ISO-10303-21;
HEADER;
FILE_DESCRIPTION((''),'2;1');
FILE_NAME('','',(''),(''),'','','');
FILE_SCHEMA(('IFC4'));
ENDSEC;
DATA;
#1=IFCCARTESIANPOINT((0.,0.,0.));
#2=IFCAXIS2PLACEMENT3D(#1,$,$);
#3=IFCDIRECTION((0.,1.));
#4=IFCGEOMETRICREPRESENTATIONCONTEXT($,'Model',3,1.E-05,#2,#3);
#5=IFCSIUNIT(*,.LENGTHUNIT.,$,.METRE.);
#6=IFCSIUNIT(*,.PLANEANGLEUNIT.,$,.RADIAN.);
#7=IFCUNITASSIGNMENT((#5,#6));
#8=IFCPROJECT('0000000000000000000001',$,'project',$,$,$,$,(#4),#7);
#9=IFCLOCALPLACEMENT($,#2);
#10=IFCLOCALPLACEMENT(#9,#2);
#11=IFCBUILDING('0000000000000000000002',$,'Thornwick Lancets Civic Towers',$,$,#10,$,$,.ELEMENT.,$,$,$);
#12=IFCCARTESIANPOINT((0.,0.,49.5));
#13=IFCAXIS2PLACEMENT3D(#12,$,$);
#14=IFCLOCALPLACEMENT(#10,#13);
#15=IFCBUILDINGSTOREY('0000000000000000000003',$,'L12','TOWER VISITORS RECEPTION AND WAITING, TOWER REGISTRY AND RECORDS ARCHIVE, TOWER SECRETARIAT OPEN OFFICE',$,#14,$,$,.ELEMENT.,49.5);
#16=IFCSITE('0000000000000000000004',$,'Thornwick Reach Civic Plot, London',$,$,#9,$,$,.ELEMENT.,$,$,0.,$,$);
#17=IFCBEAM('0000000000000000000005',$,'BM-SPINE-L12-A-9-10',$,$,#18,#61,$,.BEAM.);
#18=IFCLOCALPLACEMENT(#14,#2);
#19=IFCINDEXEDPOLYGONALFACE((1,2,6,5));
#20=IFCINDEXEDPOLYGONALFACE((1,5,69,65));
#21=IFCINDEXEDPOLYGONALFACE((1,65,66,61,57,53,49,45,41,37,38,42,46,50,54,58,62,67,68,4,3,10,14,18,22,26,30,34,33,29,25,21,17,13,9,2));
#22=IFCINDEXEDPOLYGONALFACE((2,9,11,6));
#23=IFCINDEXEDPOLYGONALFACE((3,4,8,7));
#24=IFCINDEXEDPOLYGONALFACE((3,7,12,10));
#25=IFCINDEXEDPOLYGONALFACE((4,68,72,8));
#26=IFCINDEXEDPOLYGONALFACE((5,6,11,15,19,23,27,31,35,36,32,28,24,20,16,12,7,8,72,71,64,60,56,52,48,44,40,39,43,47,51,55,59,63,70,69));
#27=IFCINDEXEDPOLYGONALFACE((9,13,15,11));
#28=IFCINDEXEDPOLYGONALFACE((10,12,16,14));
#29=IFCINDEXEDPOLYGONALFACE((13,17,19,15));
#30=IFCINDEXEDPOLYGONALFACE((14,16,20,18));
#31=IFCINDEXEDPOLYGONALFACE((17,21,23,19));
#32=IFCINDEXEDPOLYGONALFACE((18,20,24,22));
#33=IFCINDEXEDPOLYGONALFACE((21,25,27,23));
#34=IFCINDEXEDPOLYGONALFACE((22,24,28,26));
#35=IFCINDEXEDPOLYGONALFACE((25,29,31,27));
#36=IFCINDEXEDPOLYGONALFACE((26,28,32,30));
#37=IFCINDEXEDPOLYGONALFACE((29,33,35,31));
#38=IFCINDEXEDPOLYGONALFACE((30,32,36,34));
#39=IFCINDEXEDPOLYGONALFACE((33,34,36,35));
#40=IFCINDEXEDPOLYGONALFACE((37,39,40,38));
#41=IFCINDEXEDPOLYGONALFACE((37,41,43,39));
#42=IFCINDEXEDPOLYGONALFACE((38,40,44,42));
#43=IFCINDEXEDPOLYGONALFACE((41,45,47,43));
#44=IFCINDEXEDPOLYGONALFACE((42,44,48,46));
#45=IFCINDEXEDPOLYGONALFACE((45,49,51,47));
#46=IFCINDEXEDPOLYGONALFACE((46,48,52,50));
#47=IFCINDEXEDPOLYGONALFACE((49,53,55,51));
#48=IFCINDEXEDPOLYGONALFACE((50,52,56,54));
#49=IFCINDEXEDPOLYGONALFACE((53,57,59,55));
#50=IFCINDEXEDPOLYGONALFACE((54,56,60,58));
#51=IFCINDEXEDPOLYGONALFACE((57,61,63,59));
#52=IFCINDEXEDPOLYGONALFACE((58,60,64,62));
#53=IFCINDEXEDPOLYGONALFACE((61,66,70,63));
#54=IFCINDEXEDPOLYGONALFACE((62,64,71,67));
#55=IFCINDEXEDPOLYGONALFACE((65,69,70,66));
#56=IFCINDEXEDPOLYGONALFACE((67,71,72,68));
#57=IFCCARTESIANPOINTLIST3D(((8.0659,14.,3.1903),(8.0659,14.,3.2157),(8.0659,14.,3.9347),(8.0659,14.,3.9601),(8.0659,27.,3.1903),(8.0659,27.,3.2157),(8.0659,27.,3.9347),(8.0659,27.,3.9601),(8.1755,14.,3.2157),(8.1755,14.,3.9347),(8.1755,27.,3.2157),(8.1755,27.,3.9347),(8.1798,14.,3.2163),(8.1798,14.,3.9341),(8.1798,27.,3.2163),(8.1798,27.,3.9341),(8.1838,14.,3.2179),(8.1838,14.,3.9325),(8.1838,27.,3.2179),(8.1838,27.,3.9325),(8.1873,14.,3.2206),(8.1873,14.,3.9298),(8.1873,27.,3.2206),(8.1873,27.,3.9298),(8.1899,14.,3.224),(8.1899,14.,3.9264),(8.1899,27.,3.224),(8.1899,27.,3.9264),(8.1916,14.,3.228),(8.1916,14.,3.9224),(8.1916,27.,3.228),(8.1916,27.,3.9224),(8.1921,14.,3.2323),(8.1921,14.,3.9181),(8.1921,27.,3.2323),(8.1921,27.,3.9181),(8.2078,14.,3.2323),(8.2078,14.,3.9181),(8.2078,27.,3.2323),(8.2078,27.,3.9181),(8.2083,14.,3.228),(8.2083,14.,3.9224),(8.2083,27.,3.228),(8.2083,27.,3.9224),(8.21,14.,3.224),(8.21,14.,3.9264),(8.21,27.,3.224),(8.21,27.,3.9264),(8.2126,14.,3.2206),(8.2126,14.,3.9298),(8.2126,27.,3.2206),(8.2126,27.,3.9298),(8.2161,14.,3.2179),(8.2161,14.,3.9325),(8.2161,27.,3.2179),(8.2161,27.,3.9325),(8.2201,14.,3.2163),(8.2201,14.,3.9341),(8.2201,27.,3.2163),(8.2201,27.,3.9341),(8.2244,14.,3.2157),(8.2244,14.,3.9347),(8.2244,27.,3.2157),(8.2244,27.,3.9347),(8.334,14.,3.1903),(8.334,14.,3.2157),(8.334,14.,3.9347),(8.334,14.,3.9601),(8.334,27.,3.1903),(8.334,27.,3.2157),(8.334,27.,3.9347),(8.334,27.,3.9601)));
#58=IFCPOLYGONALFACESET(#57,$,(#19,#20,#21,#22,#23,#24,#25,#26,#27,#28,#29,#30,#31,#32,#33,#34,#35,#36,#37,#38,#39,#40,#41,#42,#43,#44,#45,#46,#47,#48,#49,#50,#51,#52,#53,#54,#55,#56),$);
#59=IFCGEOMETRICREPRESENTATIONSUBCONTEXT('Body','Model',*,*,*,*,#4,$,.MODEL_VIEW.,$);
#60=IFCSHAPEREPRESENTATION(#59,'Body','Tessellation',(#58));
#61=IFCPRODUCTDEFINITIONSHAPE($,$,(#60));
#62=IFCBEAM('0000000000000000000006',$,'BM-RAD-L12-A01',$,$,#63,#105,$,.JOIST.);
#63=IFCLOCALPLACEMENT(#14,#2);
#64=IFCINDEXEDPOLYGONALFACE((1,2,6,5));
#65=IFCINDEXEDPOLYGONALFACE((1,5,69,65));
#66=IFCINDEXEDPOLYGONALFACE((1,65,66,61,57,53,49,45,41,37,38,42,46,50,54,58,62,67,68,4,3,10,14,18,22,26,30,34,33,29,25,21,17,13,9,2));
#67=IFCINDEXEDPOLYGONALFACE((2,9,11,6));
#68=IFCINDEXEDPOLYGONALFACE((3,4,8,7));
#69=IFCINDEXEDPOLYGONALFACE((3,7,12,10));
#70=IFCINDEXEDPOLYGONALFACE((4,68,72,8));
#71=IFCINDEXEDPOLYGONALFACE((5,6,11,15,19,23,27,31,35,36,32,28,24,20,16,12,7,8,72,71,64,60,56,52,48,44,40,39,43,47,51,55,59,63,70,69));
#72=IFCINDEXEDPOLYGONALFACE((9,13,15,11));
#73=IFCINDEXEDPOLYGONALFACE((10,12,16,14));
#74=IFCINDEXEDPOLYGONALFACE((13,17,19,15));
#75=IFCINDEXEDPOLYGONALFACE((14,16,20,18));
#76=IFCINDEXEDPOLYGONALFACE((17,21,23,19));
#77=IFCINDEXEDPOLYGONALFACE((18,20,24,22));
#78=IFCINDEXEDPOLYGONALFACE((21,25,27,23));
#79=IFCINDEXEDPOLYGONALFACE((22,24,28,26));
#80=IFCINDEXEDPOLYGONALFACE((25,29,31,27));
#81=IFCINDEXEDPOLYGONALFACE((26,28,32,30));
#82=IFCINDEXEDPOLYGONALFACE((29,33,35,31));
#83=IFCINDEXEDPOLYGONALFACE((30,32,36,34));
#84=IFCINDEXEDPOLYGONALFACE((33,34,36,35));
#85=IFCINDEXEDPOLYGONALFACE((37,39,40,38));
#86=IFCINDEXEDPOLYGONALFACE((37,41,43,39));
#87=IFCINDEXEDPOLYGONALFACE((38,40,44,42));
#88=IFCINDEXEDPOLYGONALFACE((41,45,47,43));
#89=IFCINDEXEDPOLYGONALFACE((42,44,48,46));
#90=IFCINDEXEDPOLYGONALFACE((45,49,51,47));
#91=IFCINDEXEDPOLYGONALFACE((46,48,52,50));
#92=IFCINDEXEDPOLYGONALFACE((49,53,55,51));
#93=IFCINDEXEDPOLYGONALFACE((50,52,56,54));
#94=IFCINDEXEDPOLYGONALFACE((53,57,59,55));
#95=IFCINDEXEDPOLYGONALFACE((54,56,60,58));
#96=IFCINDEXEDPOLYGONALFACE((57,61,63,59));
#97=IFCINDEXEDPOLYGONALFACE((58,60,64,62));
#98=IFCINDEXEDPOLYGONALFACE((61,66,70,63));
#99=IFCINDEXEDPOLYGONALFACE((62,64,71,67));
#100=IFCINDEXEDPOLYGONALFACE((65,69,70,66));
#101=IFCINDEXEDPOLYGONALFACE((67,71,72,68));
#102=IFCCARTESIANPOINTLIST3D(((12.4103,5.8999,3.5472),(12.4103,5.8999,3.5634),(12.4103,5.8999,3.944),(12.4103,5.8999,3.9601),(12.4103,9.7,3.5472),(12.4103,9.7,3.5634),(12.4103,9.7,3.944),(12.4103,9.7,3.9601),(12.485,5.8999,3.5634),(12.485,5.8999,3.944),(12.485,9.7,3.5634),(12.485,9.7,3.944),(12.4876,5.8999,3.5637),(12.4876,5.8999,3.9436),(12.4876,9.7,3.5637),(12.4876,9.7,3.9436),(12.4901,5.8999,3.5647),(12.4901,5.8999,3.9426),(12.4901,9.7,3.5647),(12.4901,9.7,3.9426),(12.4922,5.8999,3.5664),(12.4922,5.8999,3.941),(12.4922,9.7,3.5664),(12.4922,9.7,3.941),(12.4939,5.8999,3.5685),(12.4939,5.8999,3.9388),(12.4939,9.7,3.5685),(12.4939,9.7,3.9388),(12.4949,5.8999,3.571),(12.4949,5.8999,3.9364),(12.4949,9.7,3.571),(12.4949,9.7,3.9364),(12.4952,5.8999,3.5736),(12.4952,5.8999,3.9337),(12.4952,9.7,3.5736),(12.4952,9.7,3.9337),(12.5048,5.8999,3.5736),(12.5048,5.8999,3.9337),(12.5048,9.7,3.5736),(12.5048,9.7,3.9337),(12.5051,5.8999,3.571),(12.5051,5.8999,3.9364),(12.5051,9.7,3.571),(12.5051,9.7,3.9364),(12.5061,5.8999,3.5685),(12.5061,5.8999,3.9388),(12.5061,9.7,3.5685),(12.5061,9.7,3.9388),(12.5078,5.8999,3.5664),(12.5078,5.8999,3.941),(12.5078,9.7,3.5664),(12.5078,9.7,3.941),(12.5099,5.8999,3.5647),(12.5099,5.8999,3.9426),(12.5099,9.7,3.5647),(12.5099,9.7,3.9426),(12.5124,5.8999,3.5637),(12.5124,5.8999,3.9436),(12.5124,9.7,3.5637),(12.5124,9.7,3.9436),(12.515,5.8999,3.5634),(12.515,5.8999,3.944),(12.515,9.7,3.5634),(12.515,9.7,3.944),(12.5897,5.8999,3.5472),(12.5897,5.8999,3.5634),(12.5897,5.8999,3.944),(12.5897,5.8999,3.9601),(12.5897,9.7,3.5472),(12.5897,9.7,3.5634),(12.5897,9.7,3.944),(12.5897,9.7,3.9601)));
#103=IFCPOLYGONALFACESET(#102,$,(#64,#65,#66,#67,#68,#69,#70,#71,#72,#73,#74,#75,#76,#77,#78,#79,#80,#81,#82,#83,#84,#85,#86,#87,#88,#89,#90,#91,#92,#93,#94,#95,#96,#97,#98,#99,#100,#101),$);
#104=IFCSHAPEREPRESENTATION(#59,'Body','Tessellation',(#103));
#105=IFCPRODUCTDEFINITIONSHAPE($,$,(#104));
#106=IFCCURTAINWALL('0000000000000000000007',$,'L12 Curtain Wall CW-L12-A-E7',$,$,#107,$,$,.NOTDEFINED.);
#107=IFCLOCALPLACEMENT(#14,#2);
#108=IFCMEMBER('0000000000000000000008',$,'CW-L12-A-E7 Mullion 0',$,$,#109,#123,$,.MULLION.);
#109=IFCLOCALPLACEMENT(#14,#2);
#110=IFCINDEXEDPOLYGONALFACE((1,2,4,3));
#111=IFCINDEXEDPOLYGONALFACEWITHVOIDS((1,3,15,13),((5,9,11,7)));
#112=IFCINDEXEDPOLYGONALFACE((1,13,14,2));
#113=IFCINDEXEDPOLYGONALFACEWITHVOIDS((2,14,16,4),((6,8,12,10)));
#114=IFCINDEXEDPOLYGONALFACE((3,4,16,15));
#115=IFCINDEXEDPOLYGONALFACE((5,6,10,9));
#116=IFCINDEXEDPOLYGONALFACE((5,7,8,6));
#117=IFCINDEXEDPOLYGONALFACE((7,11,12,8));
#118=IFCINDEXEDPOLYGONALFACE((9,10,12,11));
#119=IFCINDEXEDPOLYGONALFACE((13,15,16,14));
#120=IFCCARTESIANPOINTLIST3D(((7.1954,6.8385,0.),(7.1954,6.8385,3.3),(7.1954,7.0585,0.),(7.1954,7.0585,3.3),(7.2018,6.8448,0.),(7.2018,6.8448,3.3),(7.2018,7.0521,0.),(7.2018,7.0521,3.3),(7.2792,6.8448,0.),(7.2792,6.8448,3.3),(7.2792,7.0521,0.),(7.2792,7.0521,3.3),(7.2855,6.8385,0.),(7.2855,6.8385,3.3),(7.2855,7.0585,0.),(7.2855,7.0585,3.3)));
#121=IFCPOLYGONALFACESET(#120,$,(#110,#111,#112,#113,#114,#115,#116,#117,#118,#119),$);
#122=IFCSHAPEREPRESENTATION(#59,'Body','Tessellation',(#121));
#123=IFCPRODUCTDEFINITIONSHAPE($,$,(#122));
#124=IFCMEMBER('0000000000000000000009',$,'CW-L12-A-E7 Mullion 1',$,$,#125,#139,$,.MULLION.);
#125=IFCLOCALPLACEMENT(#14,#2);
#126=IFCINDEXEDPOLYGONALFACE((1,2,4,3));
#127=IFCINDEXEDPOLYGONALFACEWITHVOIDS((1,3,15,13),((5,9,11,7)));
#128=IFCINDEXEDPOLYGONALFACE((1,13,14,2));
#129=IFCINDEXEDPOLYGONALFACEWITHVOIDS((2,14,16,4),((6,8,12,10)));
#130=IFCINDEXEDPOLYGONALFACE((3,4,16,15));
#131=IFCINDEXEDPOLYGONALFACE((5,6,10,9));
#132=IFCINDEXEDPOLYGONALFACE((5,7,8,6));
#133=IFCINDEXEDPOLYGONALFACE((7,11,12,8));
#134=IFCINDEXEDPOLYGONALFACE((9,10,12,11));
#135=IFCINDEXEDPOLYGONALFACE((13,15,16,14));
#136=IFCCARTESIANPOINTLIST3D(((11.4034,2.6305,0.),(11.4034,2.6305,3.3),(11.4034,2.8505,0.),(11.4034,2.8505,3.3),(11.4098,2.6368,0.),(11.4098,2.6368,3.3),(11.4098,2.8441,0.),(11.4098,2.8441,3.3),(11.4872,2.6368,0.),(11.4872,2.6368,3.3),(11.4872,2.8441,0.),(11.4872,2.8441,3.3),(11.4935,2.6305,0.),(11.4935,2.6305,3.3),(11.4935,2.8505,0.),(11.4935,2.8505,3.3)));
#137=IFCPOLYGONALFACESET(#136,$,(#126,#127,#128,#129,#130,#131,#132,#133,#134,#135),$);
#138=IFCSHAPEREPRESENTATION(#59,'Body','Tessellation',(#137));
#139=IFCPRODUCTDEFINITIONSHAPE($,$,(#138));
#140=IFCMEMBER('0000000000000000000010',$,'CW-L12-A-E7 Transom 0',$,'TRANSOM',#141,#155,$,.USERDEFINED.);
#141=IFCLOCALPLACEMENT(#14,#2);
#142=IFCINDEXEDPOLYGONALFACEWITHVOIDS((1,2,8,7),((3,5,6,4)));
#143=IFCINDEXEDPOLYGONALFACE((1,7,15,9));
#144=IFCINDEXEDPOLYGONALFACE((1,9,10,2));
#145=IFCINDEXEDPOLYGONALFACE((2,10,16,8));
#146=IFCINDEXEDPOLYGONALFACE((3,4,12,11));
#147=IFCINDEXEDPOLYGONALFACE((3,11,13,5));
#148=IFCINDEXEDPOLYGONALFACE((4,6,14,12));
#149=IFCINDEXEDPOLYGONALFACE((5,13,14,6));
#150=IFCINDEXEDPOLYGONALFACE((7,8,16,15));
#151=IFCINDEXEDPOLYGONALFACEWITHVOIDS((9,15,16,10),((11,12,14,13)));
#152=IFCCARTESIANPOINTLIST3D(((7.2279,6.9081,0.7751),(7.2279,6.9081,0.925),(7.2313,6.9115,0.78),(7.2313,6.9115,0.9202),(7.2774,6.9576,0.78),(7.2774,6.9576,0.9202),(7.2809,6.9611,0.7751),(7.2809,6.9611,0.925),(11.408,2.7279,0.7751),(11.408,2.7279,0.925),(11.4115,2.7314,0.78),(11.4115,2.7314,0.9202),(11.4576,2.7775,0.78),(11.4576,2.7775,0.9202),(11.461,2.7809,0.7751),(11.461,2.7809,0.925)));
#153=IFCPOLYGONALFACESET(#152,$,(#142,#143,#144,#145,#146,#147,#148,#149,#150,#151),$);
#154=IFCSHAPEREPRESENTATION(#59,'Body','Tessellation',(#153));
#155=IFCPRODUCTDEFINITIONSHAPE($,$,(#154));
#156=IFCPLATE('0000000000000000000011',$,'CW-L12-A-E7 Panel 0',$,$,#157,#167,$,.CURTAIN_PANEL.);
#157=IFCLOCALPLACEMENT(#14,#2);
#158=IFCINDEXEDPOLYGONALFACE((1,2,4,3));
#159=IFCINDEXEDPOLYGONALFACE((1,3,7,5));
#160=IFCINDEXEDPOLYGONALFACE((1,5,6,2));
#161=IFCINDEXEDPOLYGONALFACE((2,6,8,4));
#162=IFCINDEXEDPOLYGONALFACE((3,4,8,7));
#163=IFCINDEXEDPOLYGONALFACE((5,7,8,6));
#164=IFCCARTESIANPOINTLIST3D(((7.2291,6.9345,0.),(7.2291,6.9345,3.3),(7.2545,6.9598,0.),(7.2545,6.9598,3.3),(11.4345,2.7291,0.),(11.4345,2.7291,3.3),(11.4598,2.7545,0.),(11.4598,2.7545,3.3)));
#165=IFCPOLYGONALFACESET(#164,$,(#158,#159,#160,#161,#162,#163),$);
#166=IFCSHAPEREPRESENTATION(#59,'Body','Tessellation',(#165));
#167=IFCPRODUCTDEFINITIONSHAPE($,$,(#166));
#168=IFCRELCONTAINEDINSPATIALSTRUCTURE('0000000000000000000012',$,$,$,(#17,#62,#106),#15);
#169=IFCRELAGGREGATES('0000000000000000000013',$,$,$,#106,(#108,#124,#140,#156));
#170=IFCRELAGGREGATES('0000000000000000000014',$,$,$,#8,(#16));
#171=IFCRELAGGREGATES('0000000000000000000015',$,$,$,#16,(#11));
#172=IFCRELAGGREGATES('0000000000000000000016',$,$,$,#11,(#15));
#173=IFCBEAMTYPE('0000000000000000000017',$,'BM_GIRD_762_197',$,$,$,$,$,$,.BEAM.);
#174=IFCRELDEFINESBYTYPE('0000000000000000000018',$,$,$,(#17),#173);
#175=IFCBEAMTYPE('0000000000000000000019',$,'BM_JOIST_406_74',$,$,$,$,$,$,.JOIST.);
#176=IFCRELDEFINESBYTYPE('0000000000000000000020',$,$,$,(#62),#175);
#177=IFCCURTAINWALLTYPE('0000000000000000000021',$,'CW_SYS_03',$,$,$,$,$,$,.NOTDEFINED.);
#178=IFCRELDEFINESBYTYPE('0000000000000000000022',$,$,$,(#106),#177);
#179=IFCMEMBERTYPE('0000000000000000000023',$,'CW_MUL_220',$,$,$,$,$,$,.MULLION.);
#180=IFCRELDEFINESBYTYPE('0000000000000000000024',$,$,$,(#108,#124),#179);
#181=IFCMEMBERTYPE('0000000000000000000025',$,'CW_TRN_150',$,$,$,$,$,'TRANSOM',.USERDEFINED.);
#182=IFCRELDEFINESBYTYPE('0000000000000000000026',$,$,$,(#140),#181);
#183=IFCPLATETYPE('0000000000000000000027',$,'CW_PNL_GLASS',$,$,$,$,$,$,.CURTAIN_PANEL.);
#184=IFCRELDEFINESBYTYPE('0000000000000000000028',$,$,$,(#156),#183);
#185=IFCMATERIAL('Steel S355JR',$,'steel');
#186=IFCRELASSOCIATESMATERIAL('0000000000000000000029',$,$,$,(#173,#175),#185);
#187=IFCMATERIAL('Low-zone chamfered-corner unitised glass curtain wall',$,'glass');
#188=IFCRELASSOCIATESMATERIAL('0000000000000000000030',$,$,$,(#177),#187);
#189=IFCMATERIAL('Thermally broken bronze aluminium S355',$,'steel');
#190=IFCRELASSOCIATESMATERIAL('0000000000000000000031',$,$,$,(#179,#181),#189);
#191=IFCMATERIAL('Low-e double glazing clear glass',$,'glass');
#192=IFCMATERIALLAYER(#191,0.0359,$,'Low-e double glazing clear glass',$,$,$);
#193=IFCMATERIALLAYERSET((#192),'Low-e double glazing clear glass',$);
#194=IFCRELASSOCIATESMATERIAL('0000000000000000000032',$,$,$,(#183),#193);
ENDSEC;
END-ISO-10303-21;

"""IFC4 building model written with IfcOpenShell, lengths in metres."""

from ifc_helpers import new_model, si_unit, direction, frame, origin, origin_2d, place, context, subcontext, project, spatial, rectangle, hollow_rectangle, i_section, extrude, material, layer, layer_set, material_profile, profile_set, type_object, element, aggregate, save


model = new_model("IFC4")

# Units and contexts
model_context = context("Model", 3, precision=1e-05, world=origin(), true_north=direction((0.0, 1.0)))
body_context = subcontext(model_context, "Body", "Model", "MODEL_VIEW")
ifc_project = project(units=[si_unit("LENGTHUNIT", "METRE"), si_unit("PLANEANGLEUNIT", "RADIAN")], contexts=[model_context])

# Site, building, storey
site_placement = place(None, origin())
site = spatial("IfcSite", under=ifc_project, at=site_placement, Name="Thornwick Reach Civic Plot, London", CompositionType="ELEMENT", RefElevation=0.0)
building_placement = place(site_placement, origin())
building = spatial("IfcBuilding", under=site, at=building_placement, Name="Thornwick Lancets Civic Towers", CompositionType="ELEMENT")
storey_placement = place(building_placement, frame((0.0, 0.0, 49.5)))
storey = spatial("IfcBuildingStorey", under=building, at=storey_placement, Name="L12", Description="TOWER VISITORS RECEPTION AND WAITING, TOWER REGISTRY AND RECORDS ARCHIVE, TOWER SECRETARIAT OPEN OFFICE", CompositionType="ELEMENT", Elevation=49.5)

# Beams
ifc_material_1 = material(Name="Steel S355JR", Category="steel")
ifc_material_profile_1 = material_profile(ifc_material_1, i_section(OverallWidth=0.2681, OverallDepth=0.7698, WebThickness=0.0156, FlangeThickness=0.0254, FilletRadius=0.0166, at=origin_2d()), Name="UKB 762x267x197")
ifc_profile_set_1 = profile_set([ifc_material_profile_1], Name="Steel S355JR")
beam_type_1 = type_object("IfcBeamType", Name="BM_GIRD_762_197", PredefinedType="BEAM", material=ifc_profile_set_1)
for number, where, z_axis, x_axis, name in (
    (1, (8.2, 14.0, 3.5752), (0.0, 1.0, 0.0), (-1.0, 0.0, 0.0), "BM-SPINE-L12-A-9-10"),
):
    element("IfcBeam", number, at=place(storey_placement, frame(where, z_axis=z_axis, x_axis=x_axis)), inside=storey, type_object=beam_type_1, Name=name, PredefinedType="BEAM", context=body_context, shape_type="SweptSolid", body=[
        extrude(i_section(OverallWidth=0.2681, OverallDepth=0.7698, WebThickness=0.0156, FlangeThickness=0.0254, FilletRadius=0.0166, at=origin_2d()), origin(), (0.0, 0.0, 1.0), 13.0),
    ])
ifc_material_profile_2 = material_profile(ifc_material_1, i_section(OverallWidth=0.1794, OverallDepth=0.4128, WebThickness=0.0095, FlangeThickness=0.0161, FilletRadius=0.0103, at=origin_2d()), Name="UKB 406x178x74")
ifc_profile_set_2 = profile_set([ifc_material_profile_2], Name="Steel S355JR")
beam_type_2 = type_object("IfcBeamType", Name="BM_JOIST_406_74", PredefinedType="JOIST", material=ifc_profile_set_2)
beam_1_placement = place(storey_placement, frame((12.5, 9.7, 3.7537), z_axis=(0.0, -1.0, 0.0), x_axis=(1.0, 0.0, 0.0)))
element("IfcBeam", 2, at=beam_1_placement, inside=storey, type_object=beam_type_2, Name="BM-RAD-L12-A01", PredefinedType="JOIST", context=body_context, shape_type="SweptSolid", body=[
    extrude(i_section(OverallWidth=0.1794, OverallDepth=0.4128, WebThickness=0.0095, FlangeThickness=0.0161, FilletRadius=0.0103, at=origin_2d()), origin(), (0.0, 0.0, 1.0), 3.8),
])

# Curtain wall, members, plate
ifc_material_2 = material(Name="Low-zone chamfered-corner unitised glass curtain wall", Category="glass")
curtain_wall_type = type_object("IfcCurtainWallType", Name="CW_SYS_03", PredefinedType="NOTDEFINED", material=ifc_material_2)
curtain_wall_placement = place(storey_placement, origin())
curtain_wall = element("IfcCurtainWall", 3, at=curtain_wall_placement, inside=storey, type_object=curtain_wall_type, Name="L12 Curtain Wall CW-L12-A-E7", PredefinedType="NOTDEFINED")
ifc_material_3 = material(Name="Thermally broken bronze aluminium S355", Category="steel")
ifc_material_profile_3 = material_profile(ifc_material_3, hollow_rectangle(XDim=0.0901, YDim=0.22, WallThickness=0.0063, at=origin_2d()), Name="RHS 220x90x6.3")
ifc_profile_set_3 = profile_set([ifc_material_profile_3], Name="Thermally broken bronze aluminium S355")
member_type_1 = type_object("IfcMemberType", Name="CW_MUL_220", PredefinedType="MULLION", material=ifc_profile_set_3)
member_1_placement = place(storey_placement, frame((7.2405, 6.9485, 0.0), z_axis=(0.0, 0.0, 1.0), x_axis=(1.0, 0.0, 0.0)))
member_1 = element("IfcMember", 4, at=member_1_placement, type_object=member_type_1, Name="CW-L12-A-E7 Mullion 0", PredefinedType="MULLION", context=body_context, shape_type="SweptSolid", body=[
    extrude(hollow_rectangle(XDim=0.0901, YDim=0.22, WallThickness=0.0063, at=origin_2d()), origin(), (0.0, 0.0, 1.0), 3.3),
])
member_2_placement = place(storey_placement, frame((11.4485, 2.7405, 0.0), z_axis=(0.0, 0.0, 1.0), x_axis=(1.0, 0.0, 0.0)))
member_2 = element("IfcMember", 5, at=member_2_placement, type_object=member_type_1, Name="CW-L12-A-E7 Mullion 1", PredefinedType="MULLION", context=body_context, shape_type="SweptSolid", body=[
    extrude(hollow_rectangle(XDim=0.0901, YDim=0.22, WallThickness=0.0063, at=origin_2d()), origin(), (0.0, 0.0, 1.0), 3.3),
])
ifc_material_profile_4 = material_profile(ifc_material_3, hollow_rectangle(XDim=0.075, YDim=0.1499, WallThickness=0.0049, at=origin_2d()), Name="RHS 150x75x5")
ifc_profile_set_4 = profile_set([ifc_material_profile_4], Name="Thermally broken bronze aluminium S355")
member_type_2 = type_object("IfcMemberType", Name="CW_TRN_150", ElementType="TRANSOM", PredefinedType="USERDEFINED", material=ifc_profile_set_4)
member_3_placement = place(storey_placement, frame((7.2544, 6.9346, 0.8501), z_axis=(0.707107, -0.707107, 0.0), x_axis=(0.707107, 0.707107, 0.0)))
member_3 = element("IfcMember", 6, at=member_3_placement, type_object=member_type_2, Name="CW-L12-A-E7 Transom 0", ObjectType="TRANSOM", PredefinedType="USERDEFINED", context=body_context, shape_type="SweptSolid", body=[
    extrude(hollow_rectangle(XDim=0.075, YDim=0.1499, WallThickness=0.0049, at=origin_2d()), origin(), (0.0, 0.0, 1.0), 5.9116),
])
ifc_material_4 = material(Name="Low-e double glazing clear glass", Category="glass")
ifc_layer_1 = layer(ifc_material_4, 0.0359, Name="Low-e double glazing clear glass")
ifc_layer_set_1 = layer_set([ifc_layer_1], Name="Low-e double glazing clear glass")
plate_type = type_object("IfcPlateType", Name="CW_PNL_GLASS", PredefinedType="CURTAIN_PANEL", material=ifc_layer_set_1)
plate_placement = place(storey_placement, frame((9.3445, 4.8445, 0.0), z_axis=(0.0, 0.0, 1.0), x_axis=(0.707107, -0.707107, 0.0)))
plate = element("IfcPlate", 7, at=plate_placement, type_object=plate_type, Name="CW-L12-A-E7 Panel 0", PredefinedType="CURTAIN_PANEL", context=body_context, shape_type="SweptSolid", body=[
    extrude(rectangle(XDim=5.9473, YDim=0.0359, at=origin_2d()), origin(), (0.0, 0.0, 1.0), 3.3),
])
aggregate(curtain_wall, [member_1, member_2, member_3, plate])

save(model, "model.ifc")
